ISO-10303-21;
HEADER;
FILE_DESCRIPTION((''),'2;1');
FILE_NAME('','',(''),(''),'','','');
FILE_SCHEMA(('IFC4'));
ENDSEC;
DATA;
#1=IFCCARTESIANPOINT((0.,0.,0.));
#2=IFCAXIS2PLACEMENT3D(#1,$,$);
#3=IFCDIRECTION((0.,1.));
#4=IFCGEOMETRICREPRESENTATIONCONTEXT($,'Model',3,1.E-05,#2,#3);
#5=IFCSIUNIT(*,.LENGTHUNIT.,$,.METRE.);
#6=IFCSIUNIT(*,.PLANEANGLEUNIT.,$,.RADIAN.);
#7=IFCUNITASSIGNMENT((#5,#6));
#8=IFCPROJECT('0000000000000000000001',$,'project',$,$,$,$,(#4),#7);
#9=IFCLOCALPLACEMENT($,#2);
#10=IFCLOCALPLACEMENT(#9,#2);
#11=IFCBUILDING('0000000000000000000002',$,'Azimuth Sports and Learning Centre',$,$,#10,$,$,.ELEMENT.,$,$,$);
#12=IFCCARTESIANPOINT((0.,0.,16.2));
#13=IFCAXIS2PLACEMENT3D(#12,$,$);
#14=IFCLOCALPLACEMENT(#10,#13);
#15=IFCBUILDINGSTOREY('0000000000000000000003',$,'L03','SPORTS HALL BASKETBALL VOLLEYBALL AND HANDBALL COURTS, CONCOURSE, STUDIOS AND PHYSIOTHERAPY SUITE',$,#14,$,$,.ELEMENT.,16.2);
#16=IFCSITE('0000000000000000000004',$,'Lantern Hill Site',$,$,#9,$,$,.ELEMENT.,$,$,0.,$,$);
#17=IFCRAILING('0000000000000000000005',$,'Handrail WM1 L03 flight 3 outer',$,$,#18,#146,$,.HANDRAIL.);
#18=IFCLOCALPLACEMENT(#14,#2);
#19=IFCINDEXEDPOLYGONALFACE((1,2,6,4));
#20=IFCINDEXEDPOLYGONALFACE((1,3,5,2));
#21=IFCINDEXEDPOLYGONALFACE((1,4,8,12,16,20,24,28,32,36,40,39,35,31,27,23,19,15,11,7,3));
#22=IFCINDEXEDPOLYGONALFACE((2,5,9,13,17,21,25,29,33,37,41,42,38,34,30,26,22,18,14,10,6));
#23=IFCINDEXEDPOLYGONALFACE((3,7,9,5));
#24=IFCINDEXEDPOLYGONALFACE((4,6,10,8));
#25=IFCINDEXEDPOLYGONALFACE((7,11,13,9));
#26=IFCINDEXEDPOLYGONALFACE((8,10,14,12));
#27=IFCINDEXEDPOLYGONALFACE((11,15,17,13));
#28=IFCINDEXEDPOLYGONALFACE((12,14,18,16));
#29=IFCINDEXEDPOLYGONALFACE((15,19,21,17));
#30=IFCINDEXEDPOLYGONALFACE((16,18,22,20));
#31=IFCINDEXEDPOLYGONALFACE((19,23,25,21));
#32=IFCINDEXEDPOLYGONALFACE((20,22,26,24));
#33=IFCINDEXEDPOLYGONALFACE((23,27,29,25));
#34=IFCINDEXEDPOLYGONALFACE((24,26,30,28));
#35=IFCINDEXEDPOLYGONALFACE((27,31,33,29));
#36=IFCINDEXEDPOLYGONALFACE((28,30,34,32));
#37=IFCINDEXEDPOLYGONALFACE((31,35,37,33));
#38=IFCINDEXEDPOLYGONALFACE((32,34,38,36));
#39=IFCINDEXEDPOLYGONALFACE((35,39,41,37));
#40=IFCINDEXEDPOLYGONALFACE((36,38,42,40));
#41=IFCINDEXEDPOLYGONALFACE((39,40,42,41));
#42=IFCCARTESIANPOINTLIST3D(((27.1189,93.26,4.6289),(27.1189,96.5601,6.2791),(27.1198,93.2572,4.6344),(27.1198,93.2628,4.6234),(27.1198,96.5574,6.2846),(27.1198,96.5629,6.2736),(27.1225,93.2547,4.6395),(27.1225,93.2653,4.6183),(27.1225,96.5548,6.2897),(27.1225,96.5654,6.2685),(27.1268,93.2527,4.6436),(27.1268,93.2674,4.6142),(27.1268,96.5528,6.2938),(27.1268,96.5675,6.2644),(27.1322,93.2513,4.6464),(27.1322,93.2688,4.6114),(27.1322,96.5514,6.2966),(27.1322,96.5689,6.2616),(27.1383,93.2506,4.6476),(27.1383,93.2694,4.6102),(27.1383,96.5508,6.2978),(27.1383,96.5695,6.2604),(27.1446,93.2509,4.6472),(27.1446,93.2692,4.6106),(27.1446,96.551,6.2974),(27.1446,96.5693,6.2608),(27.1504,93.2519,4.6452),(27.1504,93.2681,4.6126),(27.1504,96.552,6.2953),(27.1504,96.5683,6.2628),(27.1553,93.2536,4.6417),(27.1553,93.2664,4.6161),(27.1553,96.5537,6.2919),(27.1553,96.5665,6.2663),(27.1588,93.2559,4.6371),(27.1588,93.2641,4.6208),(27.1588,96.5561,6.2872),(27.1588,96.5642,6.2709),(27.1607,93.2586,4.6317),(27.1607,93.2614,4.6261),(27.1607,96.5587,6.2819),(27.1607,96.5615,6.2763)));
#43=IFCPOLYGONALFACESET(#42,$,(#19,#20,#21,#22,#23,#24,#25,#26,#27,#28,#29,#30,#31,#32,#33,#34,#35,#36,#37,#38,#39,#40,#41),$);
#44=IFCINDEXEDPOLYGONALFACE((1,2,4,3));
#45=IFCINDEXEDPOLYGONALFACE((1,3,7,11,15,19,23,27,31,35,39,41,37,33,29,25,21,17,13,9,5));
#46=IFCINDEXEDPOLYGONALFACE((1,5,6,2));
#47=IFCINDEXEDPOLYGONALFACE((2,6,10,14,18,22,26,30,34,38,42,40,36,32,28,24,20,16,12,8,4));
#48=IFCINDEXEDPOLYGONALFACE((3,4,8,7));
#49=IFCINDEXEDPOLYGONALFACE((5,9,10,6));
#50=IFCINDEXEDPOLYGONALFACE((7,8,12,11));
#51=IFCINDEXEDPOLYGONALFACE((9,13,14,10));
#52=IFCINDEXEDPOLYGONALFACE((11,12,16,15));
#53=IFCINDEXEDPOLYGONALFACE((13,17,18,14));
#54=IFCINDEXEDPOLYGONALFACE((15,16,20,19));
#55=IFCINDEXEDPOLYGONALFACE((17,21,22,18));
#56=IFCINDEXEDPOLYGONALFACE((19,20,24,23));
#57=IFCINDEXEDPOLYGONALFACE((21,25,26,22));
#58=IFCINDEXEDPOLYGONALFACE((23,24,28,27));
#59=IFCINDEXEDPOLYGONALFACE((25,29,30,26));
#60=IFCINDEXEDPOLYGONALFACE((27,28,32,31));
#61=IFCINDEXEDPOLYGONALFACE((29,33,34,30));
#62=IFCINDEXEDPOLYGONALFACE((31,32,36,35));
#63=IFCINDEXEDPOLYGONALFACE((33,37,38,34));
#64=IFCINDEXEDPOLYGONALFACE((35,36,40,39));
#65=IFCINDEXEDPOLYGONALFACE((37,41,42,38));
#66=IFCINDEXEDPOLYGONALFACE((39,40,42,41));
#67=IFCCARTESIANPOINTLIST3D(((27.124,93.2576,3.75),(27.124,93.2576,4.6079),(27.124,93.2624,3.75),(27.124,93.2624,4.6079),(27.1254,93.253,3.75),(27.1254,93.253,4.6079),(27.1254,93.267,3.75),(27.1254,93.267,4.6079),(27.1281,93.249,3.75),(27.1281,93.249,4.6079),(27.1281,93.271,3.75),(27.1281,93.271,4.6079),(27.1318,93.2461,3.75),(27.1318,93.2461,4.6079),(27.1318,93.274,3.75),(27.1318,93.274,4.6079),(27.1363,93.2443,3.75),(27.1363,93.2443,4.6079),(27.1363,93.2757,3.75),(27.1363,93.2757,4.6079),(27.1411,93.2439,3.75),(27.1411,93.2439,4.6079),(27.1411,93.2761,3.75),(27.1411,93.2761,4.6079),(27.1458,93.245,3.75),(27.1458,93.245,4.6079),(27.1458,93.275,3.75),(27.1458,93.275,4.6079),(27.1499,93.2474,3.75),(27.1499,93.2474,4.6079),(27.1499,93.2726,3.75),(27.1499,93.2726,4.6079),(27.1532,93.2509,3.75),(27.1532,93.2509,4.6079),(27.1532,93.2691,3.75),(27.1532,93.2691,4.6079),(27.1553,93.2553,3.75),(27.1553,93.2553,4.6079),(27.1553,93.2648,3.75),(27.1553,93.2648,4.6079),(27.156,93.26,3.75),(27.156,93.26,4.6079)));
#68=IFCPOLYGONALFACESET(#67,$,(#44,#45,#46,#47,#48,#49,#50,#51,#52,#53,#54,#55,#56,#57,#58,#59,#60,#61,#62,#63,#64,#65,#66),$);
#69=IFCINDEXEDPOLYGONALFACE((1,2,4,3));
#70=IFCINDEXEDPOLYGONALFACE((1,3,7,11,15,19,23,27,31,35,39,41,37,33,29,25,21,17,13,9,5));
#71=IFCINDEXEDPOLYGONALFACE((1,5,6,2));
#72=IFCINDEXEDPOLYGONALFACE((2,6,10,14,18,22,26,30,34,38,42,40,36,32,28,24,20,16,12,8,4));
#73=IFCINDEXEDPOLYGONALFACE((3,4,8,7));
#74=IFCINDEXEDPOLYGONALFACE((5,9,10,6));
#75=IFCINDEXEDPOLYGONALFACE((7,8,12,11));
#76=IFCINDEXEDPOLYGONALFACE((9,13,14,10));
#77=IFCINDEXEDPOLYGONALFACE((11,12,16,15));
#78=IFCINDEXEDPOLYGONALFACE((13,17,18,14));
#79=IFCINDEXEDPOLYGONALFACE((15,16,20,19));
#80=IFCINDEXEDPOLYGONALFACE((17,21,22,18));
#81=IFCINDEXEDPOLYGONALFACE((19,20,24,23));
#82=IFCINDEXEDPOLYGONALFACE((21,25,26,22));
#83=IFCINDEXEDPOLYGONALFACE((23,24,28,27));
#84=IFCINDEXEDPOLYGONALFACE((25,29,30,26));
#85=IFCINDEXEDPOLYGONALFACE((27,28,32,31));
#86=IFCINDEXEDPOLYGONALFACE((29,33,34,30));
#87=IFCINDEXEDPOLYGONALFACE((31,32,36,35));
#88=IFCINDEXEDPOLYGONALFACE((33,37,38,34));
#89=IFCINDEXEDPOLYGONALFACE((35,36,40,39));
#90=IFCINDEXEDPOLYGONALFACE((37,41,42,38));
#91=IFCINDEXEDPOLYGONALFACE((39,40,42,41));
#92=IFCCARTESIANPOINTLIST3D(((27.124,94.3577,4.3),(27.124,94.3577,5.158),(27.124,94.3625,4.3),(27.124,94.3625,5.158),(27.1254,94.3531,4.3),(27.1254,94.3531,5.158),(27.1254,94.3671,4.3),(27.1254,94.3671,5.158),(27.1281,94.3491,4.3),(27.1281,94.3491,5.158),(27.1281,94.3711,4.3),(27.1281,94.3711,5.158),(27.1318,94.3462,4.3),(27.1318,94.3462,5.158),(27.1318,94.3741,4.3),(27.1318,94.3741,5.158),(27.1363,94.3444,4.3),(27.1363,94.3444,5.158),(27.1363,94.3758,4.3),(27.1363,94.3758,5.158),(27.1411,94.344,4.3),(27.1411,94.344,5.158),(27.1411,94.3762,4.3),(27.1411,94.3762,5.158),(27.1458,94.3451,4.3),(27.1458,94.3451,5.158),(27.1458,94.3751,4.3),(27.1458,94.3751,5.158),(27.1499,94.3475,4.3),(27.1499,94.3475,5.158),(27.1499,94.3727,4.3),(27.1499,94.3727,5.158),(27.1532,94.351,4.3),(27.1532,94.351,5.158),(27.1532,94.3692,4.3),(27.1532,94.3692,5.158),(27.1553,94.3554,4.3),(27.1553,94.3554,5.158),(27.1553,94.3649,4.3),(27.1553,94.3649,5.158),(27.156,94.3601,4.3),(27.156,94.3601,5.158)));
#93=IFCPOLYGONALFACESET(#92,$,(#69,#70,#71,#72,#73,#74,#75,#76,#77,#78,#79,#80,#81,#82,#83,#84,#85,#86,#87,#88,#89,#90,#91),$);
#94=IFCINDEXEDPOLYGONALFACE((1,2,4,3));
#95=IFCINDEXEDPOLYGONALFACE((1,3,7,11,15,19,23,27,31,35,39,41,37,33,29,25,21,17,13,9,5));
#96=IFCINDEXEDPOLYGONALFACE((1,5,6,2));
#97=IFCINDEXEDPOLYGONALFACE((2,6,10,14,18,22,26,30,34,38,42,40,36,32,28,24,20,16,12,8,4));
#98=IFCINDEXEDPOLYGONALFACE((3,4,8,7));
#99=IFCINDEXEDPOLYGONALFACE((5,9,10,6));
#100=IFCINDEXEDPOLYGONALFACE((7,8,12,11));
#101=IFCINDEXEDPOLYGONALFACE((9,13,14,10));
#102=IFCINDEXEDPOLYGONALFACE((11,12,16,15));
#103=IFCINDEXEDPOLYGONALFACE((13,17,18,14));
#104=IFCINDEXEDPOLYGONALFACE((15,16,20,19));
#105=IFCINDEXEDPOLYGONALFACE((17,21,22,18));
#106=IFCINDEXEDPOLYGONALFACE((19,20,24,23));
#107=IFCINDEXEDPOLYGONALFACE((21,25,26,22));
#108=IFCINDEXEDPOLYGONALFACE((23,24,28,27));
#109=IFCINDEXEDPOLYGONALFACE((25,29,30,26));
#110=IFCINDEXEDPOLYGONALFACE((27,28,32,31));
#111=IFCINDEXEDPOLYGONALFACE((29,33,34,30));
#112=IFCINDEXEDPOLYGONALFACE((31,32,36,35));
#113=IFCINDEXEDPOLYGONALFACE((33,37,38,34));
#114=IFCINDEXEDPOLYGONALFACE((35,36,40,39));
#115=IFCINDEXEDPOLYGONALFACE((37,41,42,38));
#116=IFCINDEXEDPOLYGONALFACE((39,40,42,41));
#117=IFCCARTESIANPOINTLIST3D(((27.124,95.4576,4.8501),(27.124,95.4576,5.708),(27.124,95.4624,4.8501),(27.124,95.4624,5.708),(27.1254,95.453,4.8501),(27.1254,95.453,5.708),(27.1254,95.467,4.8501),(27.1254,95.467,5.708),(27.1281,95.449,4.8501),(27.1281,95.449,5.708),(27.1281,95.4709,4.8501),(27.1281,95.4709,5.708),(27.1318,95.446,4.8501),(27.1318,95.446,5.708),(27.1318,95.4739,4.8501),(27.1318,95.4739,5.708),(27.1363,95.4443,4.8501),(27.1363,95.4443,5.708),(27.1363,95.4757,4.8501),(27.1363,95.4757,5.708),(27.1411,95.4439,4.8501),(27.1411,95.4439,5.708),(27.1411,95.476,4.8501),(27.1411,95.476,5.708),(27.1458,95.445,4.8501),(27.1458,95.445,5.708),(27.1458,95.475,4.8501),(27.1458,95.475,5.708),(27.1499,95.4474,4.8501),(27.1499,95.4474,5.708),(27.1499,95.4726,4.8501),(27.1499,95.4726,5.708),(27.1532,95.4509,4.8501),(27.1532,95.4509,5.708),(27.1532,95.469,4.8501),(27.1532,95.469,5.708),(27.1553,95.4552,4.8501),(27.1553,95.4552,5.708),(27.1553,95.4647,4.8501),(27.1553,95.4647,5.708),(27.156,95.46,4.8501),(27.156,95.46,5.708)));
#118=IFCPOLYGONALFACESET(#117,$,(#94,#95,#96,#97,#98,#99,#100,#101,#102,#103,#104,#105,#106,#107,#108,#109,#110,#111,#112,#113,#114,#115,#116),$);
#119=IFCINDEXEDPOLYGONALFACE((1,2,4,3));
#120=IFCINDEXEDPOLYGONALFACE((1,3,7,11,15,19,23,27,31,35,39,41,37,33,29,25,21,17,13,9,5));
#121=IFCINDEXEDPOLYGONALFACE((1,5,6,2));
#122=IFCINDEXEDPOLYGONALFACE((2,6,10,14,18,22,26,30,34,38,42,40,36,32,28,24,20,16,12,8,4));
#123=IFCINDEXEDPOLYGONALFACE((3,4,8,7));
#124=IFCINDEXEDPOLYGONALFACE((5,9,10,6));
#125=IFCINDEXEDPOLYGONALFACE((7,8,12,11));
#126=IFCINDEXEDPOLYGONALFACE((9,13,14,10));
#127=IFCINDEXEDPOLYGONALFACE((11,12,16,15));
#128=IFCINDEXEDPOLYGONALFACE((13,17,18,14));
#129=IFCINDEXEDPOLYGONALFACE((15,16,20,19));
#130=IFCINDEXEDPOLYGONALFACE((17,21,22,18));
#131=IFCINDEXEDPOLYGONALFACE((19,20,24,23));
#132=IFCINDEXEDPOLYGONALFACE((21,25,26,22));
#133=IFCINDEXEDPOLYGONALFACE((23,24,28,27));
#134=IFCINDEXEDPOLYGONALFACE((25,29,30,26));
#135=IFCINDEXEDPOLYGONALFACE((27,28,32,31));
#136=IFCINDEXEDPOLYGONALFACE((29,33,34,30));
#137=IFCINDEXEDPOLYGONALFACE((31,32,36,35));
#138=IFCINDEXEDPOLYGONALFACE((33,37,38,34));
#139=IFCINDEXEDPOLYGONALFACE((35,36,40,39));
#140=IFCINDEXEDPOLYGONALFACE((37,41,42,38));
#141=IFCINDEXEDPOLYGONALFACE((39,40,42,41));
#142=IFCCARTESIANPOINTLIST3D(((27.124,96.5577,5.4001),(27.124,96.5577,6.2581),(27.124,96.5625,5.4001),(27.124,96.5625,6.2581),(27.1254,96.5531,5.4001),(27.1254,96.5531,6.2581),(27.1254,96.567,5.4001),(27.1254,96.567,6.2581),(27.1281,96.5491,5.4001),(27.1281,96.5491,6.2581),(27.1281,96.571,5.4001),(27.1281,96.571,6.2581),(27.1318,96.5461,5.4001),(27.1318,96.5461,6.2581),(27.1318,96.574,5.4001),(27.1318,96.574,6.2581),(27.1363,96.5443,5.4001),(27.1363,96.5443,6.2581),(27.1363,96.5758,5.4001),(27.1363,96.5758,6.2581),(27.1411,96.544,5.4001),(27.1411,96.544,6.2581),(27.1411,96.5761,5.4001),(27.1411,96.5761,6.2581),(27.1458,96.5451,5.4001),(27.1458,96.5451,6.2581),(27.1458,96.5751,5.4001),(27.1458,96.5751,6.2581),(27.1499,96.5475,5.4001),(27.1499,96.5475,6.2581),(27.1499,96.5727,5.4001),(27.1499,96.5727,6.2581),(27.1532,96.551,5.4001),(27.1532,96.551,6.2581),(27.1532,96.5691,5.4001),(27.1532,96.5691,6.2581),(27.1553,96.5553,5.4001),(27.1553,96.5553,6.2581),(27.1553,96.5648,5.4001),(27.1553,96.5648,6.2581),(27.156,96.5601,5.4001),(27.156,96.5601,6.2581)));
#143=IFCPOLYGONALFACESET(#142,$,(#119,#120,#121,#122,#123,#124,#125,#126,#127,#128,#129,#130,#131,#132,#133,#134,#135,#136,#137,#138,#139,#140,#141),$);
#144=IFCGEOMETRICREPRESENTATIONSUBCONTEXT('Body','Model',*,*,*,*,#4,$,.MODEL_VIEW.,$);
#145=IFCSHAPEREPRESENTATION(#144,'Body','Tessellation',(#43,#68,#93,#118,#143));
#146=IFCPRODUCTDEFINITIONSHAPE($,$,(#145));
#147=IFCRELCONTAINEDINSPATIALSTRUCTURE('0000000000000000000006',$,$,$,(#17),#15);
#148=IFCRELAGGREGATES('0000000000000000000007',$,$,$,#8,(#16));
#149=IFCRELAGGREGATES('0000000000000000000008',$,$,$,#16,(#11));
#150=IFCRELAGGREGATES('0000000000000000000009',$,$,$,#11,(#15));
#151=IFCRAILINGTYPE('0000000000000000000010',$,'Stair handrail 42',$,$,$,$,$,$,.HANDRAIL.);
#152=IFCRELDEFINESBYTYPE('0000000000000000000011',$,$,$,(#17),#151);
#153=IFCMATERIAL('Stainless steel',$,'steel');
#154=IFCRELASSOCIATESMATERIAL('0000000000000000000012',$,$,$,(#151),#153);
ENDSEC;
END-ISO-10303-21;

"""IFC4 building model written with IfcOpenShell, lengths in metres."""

from ifc_helpers import new_model, si_unit, direction, frame, origin, origin_2d, place, context, subcontext, project, spatial, circle, extrude, material, type_object, element, save


model = new_model("IFC4")

# Units and contexts
model_context = context("Model", 3, precision=1e-05, world=origin(), true_north=direction((0.0, 1.0)))
body_context = subcontext(model_context, "Body", "Model", "MODEL_VIEW")
ifc_project = project(units=[si_unit("LENGTHUNIT", "METRE"), si_unit("PLANEANGLEUNIT", "RADIAN")], contexts=[model_context])

# Site, building, storey
site_placement = place(None, origin())
site = spatial("IfcSite", under=ifc_project, at=site_placement, Name="Lantern Hill Site", CompositionType="ELEMENT", RefElevation=0.0)
building_placement = place(site_placement, origin())
building = spatial("IfcBuilding", under=site, at=building_placement, Name="Azimuth Sports and Learning Centre", CompositionType="ELEMENT")
storey_placement = place(building_placement, frame((0.0, 0.0, 16.2)))
storey = spatial("IfcBuildingStorey", under=building, at=storey_placement, Name="L03", Description="SPORTS HALL BASKETBALL VOLLEYBALL AND HANDBALL COURTS, CONCOURSE, STUDIOS AND PHYSIOTHERAPY SUITE", CompositionType="ELEMENT", Elevation=16.2)

# Railing
ifc_material_1 = material(Name="Stainless steel", Category="steel")
railing_type = type_object("IfcRailingType", Name="Stair handrail 42", PredefinedType="HANDRAIL", material=ifc_material_1)
for number, where, name in (
    (1, (27.1399, 93.26, 3.75), "Handrail WM1 L03 flight 3 outer"),
):
    element("IfcRailing", number, at=place(storey_placement, frame(where)), inside=storey, type_object=railing_type, Name=name, PredefinedType="HANDRAIL", context=body_context, shape_type="SweptSolid", body=[
        extrude(circle(Radius=0.021, at=origin_2d()), frame((0.0, 0.0, 0.8789), z_axis=(0.0, 0.894414, 0.44724), x_axis=(-1.0, 0.0, 0.0)), (0.0, 0.0, 1.0), 3.6897),
        extrude(circle(Radius=0.0161, at=origin_2d()), origin(), (0.0, 0.0, 1.0), 0.8579),
        extrude(circle(Radius=0.0161, at=origin_2d()), frame((0.0, 1.1001, 0.55)), (0.0, 0.0, 1.0), 0.8579),
        extrude(circle(Radius=0.0161, at=origin_2d()), frame((0.0, 2.2, 1.1001)), (0.0, 0.0, 1.0), 0.8579),
        extrude(circle(Radius=0.0161, at=origin_2d()), frame((0.0, 3.3, 1.6501)), (0.0, 0.0, 1.0), 0.8579),
    ])

save(model, "model.ifc")
